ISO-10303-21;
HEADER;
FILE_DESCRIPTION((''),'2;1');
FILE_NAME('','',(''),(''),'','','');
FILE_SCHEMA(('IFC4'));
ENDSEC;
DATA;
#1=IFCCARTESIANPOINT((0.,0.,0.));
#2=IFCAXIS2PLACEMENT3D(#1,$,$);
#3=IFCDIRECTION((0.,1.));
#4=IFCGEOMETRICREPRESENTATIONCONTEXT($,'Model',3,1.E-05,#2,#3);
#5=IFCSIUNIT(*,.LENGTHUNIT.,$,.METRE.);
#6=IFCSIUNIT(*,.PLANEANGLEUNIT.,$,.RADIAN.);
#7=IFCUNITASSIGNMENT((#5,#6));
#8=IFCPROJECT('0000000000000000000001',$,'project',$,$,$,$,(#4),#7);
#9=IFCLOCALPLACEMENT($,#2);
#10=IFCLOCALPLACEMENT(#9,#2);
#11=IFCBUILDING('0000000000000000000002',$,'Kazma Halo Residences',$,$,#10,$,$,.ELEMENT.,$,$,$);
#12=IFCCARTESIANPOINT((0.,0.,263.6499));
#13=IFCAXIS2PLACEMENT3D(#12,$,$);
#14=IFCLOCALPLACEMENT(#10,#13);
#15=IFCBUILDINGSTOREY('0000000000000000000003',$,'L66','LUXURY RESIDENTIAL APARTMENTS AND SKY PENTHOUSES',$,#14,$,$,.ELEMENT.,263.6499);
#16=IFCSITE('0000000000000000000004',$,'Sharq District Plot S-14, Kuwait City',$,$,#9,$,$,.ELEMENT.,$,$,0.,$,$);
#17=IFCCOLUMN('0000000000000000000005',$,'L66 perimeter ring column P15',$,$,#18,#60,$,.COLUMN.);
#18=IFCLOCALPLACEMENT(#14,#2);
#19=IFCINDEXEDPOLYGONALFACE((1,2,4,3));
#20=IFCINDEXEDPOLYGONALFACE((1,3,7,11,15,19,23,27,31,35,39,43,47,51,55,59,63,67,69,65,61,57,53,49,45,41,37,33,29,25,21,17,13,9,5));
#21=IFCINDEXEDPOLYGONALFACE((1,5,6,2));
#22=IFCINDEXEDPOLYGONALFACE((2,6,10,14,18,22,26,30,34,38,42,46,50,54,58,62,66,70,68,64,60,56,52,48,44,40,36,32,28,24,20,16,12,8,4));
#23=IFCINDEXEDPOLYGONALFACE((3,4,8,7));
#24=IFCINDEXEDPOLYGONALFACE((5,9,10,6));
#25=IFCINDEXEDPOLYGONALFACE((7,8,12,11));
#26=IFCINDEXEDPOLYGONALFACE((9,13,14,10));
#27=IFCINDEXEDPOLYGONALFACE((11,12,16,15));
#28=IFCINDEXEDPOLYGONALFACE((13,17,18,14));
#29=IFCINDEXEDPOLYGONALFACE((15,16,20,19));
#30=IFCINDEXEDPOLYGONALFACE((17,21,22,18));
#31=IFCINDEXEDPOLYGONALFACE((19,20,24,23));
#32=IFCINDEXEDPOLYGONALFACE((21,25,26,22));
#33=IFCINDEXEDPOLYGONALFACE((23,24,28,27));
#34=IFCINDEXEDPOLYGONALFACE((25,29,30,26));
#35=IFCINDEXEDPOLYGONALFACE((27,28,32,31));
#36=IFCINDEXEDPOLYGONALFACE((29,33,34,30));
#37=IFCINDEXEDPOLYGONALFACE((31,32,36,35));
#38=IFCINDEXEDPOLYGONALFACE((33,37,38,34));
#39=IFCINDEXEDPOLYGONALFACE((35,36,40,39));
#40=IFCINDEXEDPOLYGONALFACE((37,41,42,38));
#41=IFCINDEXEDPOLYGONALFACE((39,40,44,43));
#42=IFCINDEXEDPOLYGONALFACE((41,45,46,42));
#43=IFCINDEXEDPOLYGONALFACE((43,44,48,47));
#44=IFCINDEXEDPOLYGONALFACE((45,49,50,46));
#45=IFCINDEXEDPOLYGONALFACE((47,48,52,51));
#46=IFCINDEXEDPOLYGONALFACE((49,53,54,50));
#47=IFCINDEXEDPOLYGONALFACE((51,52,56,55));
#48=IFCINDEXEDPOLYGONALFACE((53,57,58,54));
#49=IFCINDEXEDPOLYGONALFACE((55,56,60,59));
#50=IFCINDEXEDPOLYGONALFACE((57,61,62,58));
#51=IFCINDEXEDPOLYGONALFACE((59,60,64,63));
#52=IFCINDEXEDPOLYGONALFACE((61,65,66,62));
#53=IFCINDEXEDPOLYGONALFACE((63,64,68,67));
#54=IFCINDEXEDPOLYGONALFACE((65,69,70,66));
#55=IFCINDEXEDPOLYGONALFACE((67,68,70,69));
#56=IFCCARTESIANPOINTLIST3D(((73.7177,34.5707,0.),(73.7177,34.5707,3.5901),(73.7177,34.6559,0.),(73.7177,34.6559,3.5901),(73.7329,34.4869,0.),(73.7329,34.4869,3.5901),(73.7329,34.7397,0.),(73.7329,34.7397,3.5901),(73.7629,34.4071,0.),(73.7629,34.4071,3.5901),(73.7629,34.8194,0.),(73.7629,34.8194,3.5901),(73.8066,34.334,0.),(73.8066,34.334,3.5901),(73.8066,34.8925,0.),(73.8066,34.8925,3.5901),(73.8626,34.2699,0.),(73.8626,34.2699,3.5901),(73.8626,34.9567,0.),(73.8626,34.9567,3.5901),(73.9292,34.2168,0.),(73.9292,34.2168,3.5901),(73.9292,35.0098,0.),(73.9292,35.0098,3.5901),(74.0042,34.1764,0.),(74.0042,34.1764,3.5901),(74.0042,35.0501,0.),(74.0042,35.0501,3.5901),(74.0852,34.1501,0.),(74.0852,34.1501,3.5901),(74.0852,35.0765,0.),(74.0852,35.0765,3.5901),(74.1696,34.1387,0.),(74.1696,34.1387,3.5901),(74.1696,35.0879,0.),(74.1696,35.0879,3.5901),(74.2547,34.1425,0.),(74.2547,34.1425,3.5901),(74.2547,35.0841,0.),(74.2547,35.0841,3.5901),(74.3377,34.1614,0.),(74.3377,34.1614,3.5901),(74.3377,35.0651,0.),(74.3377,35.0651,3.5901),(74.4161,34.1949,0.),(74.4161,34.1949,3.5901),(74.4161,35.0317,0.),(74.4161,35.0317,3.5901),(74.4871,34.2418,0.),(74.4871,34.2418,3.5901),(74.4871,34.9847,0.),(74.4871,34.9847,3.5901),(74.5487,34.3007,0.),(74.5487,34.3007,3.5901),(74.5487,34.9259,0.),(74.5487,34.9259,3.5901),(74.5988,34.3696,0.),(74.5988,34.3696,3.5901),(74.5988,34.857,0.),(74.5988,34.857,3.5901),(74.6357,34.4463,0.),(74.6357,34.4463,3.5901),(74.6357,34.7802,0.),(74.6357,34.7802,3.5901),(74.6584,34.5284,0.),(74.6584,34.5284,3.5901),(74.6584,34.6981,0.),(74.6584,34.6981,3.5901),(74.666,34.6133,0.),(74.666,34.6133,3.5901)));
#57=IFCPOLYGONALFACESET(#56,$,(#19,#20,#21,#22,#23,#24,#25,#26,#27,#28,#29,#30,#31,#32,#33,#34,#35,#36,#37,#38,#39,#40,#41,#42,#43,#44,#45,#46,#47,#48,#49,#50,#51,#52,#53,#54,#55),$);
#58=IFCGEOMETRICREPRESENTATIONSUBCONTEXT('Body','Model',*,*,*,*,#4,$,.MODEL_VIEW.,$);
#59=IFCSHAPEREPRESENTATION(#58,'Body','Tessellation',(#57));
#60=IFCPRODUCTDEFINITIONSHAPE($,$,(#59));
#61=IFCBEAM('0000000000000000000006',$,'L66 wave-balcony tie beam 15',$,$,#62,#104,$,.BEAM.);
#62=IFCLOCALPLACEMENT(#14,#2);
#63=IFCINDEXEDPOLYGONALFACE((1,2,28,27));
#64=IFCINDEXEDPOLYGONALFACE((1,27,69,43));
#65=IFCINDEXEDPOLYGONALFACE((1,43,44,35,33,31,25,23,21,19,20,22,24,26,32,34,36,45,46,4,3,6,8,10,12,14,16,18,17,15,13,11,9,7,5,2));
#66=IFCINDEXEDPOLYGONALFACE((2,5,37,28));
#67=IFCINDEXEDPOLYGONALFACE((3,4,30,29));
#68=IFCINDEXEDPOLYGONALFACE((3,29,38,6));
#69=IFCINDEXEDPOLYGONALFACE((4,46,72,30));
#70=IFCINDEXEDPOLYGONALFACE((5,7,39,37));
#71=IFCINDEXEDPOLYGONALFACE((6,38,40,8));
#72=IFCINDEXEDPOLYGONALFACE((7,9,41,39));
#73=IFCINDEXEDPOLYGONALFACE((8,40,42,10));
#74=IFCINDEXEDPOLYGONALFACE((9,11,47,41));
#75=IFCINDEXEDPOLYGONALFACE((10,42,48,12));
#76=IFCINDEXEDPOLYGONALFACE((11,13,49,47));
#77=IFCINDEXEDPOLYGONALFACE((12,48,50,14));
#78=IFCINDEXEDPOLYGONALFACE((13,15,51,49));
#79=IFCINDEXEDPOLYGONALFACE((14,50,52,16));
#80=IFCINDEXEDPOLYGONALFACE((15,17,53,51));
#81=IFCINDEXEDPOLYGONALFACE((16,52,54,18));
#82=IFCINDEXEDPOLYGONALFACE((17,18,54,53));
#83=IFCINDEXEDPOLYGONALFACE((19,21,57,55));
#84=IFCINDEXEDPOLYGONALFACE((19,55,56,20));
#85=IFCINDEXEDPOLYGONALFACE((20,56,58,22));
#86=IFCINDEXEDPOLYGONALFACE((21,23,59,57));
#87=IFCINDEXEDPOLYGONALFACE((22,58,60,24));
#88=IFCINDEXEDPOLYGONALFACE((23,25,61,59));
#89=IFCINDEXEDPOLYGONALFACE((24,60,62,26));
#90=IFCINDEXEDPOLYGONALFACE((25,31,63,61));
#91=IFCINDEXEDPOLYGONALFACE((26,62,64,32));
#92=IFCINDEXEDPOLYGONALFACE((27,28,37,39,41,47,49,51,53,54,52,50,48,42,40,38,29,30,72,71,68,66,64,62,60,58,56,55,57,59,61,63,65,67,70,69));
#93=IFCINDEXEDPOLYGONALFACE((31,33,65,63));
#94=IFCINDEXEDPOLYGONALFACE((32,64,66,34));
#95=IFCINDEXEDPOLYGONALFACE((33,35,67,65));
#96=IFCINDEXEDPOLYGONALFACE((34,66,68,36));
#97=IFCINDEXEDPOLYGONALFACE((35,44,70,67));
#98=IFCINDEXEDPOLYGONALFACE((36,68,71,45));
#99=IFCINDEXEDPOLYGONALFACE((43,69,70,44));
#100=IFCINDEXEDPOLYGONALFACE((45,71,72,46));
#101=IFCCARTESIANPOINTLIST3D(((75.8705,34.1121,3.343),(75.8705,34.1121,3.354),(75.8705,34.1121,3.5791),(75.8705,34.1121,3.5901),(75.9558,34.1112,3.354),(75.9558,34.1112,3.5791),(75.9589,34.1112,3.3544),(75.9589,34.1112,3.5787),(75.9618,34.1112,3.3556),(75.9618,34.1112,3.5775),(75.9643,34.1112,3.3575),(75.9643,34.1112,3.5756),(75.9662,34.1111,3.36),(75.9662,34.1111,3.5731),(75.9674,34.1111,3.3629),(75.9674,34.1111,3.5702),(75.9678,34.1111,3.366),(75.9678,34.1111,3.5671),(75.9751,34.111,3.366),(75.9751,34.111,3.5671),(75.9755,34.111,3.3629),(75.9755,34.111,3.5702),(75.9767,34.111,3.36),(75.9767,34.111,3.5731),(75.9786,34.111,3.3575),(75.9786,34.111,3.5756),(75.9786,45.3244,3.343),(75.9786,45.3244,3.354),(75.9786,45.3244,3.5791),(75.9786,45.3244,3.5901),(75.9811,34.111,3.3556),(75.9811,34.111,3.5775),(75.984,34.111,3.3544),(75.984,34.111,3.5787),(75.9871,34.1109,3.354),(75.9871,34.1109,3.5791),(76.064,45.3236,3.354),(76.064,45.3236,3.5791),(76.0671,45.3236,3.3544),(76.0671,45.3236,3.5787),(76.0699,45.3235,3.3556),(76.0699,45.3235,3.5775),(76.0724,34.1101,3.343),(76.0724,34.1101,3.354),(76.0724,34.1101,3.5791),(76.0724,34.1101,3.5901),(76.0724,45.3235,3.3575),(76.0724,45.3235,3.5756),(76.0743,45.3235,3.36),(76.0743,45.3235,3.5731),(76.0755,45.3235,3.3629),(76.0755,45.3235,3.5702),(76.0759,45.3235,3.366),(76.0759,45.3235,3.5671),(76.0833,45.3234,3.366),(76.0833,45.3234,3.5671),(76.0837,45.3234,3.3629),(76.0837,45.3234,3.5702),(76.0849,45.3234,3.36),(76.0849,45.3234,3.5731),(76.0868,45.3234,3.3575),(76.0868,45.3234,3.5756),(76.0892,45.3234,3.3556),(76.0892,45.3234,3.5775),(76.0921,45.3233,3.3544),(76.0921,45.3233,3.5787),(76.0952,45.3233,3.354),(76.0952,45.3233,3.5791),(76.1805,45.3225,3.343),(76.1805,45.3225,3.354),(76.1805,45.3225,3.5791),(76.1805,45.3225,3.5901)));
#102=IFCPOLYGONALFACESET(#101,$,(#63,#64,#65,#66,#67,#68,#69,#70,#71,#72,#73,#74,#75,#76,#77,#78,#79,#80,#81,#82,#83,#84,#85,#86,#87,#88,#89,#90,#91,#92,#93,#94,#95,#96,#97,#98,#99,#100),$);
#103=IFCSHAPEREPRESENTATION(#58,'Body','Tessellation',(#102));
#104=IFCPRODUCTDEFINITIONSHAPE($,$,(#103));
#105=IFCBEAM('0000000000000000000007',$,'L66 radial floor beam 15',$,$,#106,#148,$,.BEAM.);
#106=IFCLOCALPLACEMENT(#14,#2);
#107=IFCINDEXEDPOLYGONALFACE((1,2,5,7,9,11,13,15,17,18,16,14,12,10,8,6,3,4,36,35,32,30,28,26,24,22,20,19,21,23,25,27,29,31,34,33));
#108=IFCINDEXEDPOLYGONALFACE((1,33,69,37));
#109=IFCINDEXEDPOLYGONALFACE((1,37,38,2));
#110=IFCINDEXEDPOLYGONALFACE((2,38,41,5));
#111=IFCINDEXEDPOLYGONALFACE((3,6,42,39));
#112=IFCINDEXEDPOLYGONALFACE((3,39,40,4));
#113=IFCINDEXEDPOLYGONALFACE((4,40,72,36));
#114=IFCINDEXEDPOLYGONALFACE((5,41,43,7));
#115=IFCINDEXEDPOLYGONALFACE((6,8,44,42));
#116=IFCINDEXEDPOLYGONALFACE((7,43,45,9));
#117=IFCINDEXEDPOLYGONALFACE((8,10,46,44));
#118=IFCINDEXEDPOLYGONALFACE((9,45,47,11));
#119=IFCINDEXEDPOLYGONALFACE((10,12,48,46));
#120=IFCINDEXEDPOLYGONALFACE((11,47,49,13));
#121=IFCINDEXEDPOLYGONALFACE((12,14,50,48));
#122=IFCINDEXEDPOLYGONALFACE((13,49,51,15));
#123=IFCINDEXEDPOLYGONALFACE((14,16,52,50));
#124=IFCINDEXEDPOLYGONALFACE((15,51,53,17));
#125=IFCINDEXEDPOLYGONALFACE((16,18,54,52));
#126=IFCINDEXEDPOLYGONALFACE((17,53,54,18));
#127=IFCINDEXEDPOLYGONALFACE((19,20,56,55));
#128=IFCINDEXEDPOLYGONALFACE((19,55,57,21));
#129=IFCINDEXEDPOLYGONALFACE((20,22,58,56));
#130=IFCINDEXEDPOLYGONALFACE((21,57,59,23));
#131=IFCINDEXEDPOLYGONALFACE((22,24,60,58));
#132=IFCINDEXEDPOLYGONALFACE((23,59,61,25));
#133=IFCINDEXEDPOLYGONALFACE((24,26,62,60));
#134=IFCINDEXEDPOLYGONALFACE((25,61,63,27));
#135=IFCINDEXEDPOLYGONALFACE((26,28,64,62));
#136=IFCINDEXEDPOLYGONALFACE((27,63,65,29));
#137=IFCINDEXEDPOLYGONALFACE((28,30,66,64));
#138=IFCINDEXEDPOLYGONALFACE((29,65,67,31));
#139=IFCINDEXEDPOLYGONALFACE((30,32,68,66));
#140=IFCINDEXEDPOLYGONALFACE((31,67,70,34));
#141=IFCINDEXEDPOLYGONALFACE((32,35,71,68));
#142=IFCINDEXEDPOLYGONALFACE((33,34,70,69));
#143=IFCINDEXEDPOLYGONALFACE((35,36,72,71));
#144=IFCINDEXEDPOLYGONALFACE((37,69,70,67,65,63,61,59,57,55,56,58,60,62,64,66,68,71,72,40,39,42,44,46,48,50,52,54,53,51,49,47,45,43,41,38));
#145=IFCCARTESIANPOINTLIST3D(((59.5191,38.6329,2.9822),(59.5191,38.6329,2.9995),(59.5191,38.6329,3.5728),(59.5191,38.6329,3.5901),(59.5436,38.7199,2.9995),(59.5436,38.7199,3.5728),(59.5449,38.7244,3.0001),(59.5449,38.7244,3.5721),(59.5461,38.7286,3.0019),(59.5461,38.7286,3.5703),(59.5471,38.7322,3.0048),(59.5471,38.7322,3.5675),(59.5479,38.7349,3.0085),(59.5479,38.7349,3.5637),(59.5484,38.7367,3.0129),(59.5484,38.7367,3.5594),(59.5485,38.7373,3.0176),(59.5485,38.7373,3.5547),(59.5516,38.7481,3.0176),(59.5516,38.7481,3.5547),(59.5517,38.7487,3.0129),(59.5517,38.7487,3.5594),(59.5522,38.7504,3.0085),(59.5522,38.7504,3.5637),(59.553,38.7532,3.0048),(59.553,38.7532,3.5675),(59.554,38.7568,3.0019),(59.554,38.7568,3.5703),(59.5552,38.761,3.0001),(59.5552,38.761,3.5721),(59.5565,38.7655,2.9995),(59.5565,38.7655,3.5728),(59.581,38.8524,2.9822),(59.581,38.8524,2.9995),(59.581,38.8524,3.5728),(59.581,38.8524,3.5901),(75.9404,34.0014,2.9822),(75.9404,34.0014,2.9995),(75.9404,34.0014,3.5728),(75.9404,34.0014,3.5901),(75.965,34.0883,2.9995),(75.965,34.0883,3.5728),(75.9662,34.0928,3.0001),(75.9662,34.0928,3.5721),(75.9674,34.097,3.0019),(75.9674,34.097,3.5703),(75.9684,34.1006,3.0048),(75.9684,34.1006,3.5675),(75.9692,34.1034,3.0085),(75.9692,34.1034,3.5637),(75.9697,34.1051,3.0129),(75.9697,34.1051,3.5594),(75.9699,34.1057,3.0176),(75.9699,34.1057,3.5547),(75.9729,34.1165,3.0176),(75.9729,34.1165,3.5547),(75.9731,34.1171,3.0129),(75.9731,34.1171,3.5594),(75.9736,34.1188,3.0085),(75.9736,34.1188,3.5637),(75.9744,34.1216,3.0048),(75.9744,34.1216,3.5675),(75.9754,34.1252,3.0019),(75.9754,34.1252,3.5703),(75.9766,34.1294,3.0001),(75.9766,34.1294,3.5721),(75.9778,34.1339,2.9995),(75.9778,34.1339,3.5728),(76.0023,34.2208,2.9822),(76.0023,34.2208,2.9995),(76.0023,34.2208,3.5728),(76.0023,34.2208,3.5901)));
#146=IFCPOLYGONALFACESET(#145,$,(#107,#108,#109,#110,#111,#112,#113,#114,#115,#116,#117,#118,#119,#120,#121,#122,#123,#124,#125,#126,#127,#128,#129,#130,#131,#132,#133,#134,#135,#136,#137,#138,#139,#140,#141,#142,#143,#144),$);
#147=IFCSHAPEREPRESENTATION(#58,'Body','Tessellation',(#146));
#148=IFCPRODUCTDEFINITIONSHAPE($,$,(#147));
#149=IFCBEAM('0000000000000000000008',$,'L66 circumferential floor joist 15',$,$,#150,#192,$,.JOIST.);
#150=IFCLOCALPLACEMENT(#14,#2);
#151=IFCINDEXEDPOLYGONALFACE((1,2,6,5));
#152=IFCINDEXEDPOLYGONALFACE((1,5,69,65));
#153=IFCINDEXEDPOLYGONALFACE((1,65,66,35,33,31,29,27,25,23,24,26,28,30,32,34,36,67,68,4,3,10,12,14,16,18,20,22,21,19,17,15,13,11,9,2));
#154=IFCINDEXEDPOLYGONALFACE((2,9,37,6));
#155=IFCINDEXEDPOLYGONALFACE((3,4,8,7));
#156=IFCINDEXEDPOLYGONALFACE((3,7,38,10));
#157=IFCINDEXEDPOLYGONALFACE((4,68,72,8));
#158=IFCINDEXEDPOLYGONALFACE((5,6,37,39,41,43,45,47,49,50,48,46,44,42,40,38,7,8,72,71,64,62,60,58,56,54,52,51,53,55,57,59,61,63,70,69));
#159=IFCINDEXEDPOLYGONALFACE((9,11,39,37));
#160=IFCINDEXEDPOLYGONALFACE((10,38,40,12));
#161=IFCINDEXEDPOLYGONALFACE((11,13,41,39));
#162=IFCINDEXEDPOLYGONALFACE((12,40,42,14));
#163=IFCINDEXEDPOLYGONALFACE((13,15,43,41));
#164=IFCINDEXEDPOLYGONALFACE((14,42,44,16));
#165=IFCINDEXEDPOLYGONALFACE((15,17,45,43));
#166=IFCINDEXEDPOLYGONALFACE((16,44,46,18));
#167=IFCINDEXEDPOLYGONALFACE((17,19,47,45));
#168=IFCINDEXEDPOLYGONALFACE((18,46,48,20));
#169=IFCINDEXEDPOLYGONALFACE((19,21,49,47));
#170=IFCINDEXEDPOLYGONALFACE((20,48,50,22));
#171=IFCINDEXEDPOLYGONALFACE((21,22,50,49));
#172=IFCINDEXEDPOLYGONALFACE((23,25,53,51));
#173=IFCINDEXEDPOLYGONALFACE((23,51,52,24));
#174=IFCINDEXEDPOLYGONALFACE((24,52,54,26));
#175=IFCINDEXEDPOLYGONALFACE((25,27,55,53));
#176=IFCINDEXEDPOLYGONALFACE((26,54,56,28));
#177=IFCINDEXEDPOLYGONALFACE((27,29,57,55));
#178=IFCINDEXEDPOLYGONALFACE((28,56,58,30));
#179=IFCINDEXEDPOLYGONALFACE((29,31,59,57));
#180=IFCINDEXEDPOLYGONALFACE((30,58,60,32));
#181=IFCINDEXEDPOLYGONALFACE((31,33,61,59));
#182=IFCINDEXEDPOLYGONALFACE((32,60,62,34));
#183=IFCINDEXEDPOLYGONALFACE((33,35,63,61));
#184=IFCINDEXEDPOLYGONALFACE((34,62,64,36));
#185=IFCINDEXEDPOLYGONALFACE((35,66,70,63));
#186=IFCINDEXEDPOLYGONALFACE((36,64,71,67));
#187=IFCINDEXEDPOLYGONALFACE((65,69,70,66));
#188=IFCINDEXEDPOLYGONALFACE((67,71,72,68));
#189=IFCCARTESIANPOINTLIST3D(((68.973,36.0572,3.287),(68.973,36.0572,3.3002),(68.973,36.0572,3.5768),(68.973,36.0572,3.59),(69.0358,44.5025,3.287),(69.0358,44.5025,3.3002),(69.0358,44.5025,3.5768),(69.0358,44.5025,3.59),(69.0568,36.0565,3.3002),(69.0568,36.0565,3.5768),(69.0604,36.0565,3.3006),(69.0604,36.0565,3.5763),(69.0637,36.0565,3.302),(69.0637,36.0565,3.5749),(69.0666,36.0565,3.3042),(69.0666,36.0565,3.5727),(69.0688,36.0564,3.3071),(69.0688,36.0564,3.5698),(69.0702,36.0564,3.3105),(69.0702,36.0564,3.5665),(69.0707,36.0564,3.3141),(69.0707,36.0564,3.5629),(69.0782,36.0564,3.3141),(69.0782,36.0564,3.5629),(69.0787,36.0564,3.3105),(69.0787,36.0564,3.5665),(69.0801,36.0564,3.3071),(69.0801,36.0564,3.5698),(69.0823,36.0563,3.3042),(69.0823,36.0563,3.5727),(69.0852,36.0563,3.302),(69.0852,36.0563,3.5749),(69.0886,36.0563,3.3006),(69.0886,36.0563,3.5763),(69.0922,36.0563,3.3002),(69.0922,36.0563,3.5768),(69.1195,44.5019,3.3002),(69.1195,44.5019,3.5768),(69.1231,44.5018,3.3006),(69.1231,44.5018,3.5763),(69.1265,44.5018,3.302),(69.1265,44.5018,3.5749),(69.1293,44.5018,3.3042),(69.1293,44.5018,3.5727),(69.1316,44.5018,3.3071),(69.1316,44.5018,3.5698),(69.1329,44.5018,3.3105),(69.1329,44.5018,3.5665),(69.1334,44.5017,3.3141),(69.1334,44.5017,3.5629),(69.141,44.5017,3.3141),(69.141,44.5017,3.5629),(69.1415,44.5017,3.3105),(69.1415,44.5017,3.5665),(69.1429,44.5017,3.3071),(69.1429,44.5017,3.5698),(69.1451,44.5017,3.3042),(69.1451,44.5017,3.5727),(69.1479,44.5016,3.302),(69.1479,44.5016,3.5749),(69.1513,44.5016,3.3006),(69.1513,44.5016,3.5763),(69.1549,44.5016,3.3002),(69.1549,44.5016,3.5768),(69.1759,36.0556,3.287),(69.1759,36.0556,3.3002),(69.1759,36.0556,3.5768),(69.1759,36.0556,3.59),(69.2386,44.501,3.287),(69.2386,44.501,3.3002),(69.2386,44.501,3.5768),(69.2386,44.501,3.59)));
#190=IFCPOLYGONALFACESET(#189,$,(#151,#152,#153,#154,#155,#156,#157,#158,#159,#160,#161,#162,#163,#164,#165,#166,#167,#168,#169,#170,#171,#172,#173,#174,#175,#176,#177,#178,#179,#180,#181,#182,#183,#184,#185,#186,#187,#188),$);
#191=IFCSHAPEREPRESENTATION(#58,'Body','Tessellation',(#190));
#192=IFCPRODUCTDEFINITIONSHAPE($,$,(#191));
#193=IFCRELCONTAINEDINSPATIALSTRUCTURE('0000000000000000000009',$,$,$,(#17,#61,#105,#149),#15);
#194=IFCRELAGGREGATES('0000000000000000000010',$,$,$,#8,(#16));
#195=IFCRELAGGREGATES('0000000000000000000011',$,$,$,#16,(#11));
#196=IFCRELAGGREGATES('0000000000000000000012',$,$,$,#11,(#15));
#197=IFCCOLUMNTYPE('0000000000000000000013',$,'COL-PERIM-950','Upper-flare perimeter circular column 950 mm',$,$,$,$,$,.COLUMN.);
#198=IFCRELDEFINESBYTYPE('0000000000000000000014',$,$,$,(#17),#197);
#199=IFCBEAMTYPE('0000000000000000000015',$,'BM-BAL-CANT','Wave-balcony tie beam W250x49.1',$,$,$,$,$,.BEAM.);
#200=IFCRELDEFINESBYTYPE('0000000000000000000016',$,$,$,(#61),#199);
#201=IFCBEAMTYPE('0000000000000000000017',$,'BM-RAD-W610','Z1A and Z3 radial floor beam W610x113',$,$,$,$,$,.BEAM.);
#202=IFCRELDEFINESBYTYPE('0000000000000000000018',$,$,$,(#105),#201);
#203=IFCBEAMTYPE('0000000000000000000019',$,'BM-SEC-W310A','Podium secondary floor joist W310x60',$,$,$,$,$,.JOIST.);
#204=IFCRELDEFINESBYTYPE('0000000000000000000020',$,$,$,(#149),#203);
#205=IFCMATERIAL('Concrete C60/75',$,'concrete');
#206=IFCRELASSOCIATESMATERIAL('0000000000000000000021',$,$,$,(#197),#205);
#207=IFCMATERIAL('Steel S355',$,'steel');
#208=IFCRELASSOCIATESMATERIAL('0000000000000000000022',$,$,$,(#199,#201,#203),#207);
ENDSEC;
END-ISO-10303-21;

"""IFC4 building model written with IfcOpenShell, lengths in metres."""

from ifc_helpers import new_model, si_unit, direction, frame, origin, origin_2d, place, context, subcontext, project, spatial, circle, i_section, extrude, material, material_profile, profile_set, type_object, element, save


model = new_model("IFC4")

# Units and contexts
model_context = context("Model", 3, precision=1e-05, world=origin(), true_north=direction((0.0, 1.0)))
body_context = subcontext(model_context, "Body", "Model", "MODEL_VIEW")
ifc_project = project(units=[si_unit("LENGTHUNIT", "METRE"), si_unit("PLANEANGLEUNIT", "RADIAN")], contexts=[model_context])

# Site, building, storey
site_placement = place(None, origin())
site = spatial("IfcSite", under=ifc_project, at=site_placement, Name="Sharq District Plot S-14, Kuwait City", CompositionType="ELEMENT", RefElevation=0.0)
building_placement = place(site_placement, origin())
building = spatial("IfcBuilding", under=site, at=building_placement, Name="Kazma Halo Residences", CompositionType="ELEMENT")
storey_placement = place(building_placement, frame((0.0, 0.0, 263.6499)))
storey = spatial("IfcBuildingStorey", under=building, at=storey_placement, Name="L66", Description="LUXURY RESIDENTIAL APARTMENTS AND SKY PENTHOUSES", CompositionType="ELEMENT", Elevation=263.6499)

# Column
ifc_material_1 = material(Name="Concrete C60/75", Category="concrete")
ifc_material_profile_1 = material_profile(ifc_material_1, circle(Radius=0.4751, at=origin_2d()), Name="CIRC950")
ifc_profile_set_1 = profile_set([ifc_material_profile_1], Name="Concrete C60/75")
column_type = type_object("IfcColumnType", Name="COL-PERIM-950", Description="Upper-flare perimeter circular column 950 mm", PredefinedType="COLUMN", material=ifc_profile_set_1)
column_placement = place(storey_placement, frame((74.1909, 34.6133, 0.0), z_axis=(0.0, 0.0, 1.0), x_axis=(1.0, 0.0, 0.0)))
element("IfcColumn", 1, at=column_placement, inside=storey, type_object=column_type, Name="L66 perimeter ring column P15", PredefinedType="COLUMN", context=body_context, shape_type="SweptSolid", body=[
    extrude(circle(Radius=0.4751, at=origin_2d()), origin(), (0.0, 0.0, 1.0), 3.5901),
])

# Beams
ifc_material_2 = material(Name="Steel S355", Category="steel")
ifc_material_profile_2 = material_profile(ifc_material_2, i_section(OverallWidth=0.2019, OverallDepth=0.2471, WebThickness=0.0073, FlangeThickness=0.011, FilletRadius=0.012, at=origin_2d()), Name="W250x49.1")
ifc_profile_set_2 = profile_set([ifc_material_profile_2], Name="Steel S355")
beam_type_1 = type_object("IfcBeamType", Name="BM-BAL-CANT", Description="Wave-balcony tie beam W250x49.1", PredefinedType="BEAM", material=ifc_profile_set_2)
beam_1_placement = place(storey_placement, frame((75.9714, 34.1111, 3.4666), z_axis=(0.009646, 0.999953, 0.0), x_axis=(-0.999953, 0.009646, 0.0)))
element("IfcBeam", 2, at=beam_1_placement, inside=storey, type_object=beam_type_1, Name="L66 wave-balcony tie beam 15", PredefinedType="BEAM", context=body_context, shape_type="SweptSolid", body=[
    extrude(i_section(OverallWidth=0.2019, OverallDepth=0.2471, WebThickness=0.0073, FlangeThickness=0.011, FilletRadius=0.012, at=origin_2d()), origin(), (0.0, 0.0, 1.0), 11.2129),
])
ifc_material_profile_3 = material_profile(ifc_material_2, i_section(OverallWidth=0.228, OverallDepth=0.6079, WebThickness=0.0112, FlangeThickness=0.0173, FilletRadius=0.0181, at=origin_2d()), Name="W610x113")
ifc_profile_set_3 = profile_set([ifc_material_profile_3], Name="Steel S355")
beam_type_2 = type_object("IfcBeamType", Name="BM-RAD-W610", Description="Z1A and Z3 radial floor beam W610x113", PredefinedType="BEAM", material=ifc_profile_set_3)
beam_2_placement = place(storey_placement, frame((59.55, 38.7427, 3.2861), z_axis=(0.962451, -0.271456, 0.0), x_axis=(0.271456, 0.962451, 0.0)))
element("IfcBeam", 3, at=beam_2_placement, inside=storey, type_object=beam_type_2, Name="L66 radial floor beam 15", PredefinedType="BEAM", context=body_context, shape_type="SweptSolid", body=[
    extrude(i_section(OverallWidth=0.228, OverallDepth=0.6079, WebThickness=0.0112, FlangeThickness=0.0173, FilletRadius=0.0181, at=origin_2d()), origin(), (0.0, 0.0, 1.0), 17.062),
])
ifc_material_profile_4 = material_profile(ifc_material_2, i_section(OverallWidth=0.2029, OverallDepth=0.303, WebThickness=0.0076, FlangeThickness=0.0132, FilletRadius=0.0139, at=origin_2d()), Name="W310x60")
ifc_profile_set_4 = profile_set([ifc_material_profile_4], Name="Steel S355")
beam_type_3 = type_object("IfcBeamType", Name="BM-SEC-W310A", Description="Podium secondary floor joist W310x60", PredefinedType="JOIST", material=ifc_profile_set_4)
beam_3_placement = place(storey_placement, frame((69.0745, 36.0564, 3.4385), z_axis=(0.007429, 0.999972, 0.0), x_axis=(-0.999972, 0.007429, 0.0)))
element("IfcBeam", 4, at=beam_3_placement, inside=storey, type_object=beam_type_3, Name="L66 circumferential floor joist 15", PredefinedType="JOIST", context=body_context, shape_type="SweptSolid", body=[
    extrude(i_section(OverallWidth=0.2029, OverallDepth=0.303, WebThickness=0.0076, FlangeThickness=0.0132, FilletRadius=0.0139, at=origin_2d()), origin(), (0.0, 0.0, 1.0), 8.4456),
])

save(model, "model.ifc")
